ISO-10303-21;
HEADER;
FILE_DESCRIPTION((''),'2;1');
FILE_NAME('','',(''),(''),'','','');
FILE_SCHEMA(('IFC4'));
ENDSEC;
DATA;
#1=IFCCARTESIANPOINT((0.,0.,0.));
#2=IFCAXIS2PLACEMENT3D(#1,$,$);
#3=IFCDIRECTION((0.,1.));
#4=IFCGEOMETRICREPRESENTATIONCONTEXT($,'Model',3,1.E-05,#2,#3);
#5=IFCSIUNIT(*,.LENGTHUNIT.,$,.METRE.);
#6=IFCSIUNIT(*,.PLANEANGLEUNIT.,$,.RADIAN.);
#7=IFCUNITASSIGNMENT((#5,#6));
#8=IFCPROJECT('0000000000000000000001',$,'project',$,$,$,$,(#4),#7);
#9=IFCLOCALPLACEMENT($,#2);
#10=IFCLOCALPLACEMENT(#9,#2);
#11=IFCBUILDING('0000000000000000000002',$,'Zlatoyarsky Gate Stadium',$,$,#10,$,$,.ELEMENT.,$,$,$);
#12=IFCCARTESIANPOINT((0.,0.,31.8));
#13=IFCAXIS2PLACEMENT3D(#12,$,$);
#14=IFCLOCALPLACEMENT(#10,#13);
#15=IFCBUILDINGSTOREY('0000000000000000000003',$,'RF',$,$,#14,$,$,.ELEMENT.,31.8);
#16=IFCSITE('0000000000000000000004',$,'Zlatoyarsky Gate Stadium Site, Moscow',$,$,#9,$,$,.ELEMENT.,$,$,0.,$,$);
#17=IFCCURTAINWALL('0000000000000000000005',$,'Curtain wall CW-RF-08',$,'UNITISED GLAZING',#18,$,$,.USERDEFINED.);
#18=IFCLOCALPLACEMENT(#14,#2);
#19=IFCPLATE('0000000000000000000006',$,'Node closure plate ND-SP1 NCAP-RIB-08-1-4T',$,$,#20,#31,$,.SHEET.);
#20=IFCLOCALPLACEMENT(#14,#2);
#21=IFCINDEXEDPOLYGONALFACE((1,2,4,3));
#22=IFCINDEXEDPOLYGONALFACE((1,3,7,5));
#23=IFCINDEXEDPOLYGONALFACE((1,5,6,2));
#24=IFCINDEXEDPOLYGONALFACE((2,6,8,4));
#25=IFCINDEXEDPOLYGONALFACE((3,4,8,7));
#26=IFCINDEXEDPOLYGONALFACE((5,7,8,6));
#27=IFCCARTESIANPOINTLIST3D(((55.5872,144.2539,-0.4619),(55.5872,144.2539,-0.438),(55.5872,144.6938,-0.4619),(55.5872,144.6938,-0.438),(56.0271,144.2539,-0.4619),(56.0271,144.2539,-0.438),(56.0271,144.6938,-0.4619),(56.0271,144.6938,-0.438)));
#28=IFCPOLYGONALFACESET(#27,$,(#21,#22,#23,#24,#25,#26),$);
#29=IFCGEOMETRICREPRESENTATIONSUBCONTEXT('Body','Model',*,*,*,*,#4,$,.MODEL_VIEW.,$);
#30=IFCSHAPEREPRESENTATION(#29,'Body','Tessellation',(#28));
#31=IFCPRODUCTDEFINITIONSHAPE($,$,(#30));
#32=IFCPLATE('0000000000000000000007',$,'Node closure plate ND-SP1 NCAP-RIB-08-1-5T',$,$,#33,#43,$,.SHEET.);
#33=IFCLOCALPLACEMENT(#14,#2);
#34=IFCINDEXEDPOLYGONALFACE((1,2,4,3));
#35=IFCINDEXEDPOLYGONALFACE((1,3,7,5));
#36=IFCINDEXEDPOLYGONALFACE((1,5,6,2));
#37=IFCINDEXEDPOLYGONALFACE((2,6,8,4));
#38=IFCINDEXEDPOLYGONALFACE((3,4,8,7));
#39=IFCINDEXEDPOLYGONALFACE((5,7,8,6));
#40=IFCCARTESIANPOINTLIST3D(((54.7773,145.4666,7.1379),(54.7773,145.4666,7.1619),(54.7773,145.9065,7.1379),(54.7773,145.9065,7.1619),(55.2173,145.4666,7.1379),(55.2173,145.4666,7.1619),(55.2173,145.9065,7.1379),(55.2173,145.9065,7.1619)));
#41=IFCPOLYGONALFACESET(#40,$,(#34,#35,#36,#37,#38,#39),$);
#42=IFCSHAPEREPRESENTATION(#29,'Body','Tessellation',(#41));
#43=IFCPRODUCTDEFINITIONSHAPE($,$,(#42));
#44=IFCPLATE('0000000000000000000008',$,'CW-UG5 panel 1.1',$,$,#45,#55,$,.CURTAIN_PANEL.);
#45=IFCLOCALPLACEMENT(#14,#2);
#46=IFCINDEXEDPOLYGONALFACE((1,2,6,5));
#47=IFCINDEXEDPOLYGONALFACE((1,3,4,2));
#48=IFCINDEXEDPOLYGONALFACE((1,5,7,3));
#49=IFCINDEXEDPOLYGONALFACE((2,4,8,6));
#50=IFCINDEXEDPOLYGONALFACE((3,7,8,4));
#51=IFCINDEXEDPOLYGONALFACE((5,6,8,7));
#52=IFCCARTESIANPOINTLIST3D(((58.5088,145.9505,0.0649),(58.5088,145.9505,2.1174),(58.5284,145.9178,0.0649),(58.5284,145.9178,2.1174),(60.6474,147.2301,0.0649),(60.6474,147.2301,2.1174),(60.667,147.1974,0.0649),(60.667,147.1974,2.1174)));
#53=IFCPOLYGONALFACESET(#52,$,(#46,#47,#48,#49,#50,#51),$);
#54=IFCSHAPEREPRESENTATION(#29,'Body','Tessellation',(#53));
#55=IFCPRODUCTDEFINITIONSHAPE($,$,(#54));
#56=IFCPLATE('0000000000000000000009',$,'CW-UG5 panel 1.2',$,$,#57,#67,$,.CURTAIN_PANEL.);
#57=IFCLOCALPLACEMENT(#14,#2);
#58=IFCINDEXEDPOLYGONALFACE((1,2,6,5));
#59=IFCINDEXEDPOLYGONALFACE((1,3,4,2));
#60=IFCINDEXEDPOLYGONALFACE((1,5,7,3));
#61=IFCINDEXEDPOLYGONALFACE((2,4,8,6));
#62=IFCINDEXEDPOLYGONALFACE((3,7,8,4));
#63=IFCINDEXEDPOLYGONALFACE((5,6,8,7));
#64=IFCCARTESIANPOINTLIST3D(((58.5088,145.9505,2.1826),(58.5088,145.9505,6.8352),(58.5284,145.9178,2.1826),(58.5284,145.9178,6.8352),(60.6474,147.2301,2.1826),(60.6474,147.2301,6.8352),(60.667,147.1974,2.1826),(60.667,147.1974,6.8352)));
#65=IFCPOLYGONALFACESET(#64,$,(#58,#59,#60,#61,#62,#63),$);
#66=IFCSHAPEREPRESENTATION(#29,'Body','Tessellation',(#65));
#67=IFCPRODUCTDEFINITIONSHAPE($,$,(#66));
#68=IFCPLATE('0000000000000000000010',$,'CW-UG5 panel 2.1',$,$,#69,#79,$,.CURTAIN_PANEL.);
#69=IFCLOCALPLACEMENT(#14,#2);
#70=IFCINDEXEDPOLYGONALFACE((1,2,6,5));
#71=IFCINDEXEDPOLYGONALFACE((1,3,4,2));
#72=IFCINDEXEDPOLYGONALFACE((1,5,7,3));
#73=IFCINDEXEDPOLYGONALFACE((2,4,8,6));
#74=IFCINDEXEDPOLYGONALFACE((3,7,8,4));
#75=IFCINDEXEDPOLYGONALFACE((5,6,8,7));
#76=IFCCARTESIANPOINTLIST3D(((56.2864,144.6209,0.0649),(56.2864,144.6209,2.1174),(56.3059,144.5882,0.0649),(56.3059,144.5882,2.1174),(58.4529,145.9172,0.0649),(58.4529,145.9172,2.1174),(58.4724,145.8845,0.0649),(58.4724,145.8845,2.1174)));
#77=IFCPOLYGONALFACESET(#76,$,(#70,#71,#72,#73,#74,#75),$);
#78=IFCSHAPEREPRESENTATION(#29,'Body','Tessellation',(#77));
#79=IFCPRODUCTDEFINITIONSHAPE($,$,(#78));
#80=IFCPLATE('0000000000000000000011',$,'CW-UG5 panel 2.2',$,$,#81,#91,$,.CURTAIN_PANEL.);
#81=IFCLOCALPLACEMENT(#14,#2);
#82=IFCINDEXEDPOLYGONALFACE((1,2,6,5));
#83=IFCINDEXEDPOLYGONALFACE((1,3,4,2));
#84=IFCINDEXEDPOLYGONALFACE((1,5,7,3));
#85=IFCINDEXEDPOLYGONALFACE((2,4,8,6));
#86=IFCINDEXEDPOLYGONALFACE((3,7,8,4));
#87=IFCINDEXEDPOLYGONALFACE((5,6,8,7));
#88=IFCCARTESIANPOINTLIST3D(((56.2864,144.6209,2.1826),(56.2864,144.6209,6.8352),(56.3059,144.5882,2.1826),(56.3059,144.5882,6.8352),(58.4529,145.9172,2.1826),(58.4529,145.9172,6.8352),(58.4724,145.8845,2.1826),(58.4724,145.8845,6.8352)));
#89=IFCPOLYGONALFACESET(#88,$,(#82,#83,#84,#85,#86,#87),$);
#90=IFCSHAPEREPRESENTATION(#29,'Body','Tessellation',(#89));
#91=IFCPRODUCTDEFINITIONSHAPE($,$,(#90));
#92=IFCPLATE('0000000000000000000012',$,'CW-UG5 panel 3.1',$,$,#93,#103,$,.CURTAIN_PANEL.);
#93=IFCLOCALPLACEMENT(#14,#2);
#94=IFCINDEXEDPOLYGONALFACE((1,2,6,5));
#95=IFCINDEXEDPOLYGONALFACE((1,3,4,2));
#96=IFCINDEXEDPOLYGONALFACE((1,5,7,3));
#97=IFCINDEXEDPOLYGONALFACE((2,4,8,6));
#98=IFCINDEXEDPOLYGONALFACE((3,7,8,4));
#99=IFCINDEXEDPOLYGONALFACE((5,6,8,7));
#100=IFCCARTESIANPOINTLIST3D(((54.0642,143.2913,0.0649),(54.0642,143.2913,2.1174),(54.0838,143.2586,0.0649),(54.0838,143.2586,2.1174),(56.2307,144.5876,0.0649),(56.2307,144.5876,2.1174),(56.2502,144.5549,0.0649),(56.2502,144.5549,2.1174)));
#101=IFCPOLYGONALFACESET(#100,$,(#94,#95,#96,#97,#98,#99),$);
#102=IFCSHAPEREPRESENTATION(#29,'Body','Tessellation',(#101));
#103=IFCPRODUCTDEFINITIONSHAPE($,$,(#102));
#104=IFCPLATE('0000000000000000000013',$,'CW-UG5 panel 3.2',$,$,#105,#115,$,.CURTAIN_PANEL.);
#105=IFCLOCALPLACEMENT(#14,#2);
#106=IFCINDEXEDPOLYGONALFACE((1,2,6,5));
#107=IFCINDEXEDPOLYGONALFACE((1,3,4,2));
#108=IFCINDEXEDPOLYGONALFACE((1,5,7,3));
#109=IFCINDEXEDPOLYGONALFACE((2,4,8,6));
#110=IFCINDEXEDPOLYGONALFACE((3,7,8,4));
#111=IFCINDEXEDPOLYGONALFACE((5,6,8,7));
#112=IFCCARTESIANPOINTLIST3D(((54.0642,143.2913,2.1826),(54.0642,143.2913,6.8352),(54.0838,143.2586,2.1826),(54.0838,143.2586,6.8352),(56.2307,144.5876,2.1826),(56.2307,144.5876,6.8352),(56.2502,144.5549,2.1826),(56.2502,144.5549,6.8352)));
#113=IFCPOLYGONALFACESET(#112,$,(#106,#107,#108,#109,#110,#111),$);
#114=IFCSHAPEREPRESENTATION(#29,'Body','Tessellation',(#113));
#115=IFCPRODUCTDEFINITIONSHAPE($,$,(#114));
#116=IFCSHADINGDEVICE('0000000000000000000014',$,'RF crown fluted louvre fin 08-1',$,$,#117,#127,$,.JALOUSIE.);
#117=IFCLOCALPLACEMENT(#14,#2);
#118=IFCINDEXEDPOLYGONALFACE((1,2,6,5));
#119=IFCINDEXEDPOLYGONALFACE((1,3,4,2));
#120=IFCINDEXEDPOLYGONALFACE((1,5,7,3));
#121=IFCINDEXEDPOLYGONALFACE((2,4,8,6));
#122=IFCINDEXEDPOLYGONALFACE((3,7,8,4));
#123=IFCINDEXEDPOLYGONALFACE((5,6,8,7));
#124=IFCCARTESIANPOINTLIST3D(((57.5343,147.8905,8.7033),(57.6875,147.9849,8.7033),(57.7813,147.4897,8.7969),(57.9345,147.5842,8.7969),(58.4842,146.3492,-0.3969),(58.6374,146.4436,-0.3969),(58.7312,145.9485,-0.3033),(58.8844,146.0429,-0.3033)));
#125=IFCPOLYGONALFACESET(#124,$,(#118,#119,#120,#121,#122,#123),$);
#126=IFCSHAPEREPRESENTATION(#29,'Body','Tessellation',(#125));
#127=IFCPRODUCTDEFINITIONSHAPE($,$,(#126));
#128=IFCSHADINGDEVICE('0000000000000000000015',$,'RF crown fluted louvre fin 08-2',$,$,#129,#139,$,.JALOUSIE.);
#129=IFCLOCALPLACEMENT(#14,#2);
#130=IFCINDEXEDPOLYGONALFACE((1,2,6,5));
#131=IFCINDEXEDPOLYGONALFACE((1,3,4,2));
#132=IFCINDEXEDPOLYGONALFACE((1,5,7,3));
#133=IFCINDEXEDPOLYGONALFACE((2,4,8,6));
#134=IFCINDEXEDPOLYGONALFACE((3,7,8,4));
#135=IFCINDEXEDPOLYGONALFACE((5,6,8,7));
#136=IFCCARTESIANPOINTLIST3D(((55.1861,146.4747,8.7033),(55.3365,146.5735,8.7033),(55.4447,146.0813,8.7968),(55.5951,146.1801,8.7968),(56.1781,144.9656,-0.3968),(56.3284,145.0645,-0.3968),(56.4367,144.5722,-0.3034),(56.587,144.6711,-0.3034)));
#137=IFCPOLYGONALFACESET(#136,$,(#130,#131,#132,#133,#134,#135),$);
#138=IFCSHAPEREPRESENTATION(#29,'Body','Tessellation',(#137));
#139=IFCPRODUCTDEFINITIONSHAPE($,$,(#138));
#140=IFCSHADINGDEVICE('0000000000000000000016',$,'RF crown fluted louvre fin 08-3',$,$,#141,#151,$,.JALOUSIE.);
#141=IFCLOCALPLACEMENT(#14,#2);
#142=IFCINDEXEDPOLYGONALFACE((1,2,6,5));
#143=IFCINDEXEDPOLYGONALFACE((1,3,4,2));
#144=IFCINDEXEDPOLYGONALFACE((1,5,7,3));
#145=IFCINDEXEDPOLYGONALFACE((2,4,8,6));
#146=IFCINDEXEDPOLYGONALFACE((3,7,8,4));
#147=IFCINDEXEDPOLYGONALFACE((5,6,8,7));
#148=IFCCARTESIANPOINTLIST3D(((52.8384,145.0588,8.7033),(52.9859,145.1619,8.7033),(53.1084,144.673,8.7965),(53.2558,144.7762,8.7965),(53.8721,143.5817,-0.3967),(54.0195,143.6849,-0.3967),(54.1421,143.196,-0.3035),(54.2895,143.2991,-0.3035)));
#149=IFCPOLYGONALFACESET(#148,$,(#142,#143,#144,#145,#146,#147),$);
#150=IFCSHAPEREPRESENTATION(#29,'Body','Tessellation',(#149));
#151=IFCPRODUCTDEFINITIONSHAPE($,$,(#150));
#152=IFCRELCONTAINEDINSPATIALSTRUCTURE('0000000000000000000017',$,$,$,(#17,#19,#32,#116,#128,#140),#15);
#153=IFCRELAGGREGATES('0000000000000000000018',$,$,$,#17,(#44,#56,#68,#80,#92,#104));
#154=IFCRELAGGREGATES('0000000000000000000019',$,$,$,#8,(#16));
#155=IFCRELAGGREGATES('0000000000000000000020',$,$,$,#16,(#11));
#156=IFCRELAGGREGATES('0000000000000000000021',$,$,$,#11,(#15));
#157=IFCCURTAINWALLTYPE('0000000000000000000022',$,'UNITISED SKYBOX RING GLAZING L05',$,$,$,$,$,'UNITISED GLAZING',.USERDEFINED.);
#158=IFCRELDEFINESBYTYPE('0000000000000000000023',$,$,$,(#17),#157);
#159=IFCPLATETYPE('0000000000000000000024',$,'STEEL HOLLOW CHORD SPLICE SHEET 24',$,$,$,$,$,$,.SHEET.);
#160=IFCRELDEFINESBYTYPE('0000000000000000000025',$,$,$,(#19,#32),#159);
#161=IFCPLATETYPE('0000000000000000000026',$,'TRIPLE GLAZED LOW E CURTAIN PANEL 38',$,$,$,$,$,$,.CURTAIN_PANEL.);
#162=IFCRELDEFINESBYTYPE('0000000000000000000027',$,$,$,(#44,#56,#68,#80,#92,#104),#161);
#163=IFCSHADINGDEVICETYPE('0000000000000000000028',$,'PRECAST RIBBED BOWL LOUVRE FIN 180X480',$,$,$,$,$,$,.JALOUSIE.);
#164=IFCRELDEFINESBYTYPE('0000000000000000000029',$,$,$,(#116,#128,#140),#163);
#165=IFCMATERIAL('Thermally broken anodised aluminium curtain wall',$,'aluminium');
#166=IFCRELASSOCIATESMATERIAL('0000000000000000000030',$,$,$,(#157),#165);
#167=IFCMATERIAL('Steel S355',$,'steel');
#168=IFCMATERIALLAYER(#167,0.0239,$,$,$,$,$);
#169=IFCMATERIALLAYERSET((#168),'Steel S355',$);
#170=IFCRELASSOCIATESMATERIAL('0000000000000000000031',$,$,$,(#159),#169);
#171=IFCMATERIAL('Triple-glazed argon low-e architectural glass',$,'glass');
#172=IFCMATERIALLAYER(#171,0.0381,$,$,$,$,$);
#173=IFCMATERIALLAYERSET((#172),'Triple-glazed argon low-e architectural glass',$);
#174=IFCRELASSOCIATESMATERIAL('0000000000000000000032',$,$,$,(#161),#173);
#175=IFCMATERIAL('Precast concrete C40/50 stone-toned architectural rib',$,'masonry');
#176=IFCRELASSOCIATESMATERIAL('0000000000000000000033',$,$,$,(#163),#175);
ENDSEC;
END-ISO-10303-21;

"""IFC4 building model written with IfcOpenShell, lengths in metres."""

from ifc_helpers import new_model, si_unit, direction, frame, origin, origin_2d, place, context, subcontext, project, spatial, rectangle, extrude, material, layer, layer_set, material_profile, profile_set, type_object, element, aggregate, save


model = new_model("IFC4")

# Units and contexts
model_context = context("Model", 3, precision=1e-05, world=origin(), true_north=direction((0.0, 1.0)))
body_context = subcontext(model_context, "Body", "Model", "MODEL_VIEW")
ifc_project = project(units=[si_unit("LENGTHUNIT", "METRE"), si_unit("PLANEANGLEUNIT", "RADIAN")], contexts=[model_context])

# Site, building, storey
site_placement = place(None, origin())
site = spatial("IfcSite", under=ifc_project, at=site_placement, Name="Zlatoyarsky Gate Stadium Site, Moscow", CompositionType="ELEMENT", RefElevation=0.0)
building_placement = place(site_placement, origin())
building = spatial("IfcBuilding", under=site, at=building_placement, Name="Zlatoyarsky Gate Stadium", CompositionType="ELEMENT")
storey_placement = place(building_placement, frame((0.0, 0.0, 31.8)))
storey = spatial("IfcBuildingStorey", under=building, at=storey_placement, Name="RF", CompositionType="ELEMENT", Elevation=31.8)

# Curtain wall
ifc_material_1 = material(Name="Thermally broken anodised aluminium curtain wall", Category="aluminium")
curtain_wall_type = type_object("IfcCurtainWallType", Name="UNITISED SKYBOX RING GLAZING L05", ElementType="UNITISED GLAZING", PredefinedType="USERDEFINED", material=ifc_material_1)
curtain_wall_placement = place(storey_placement, origin())
curtain_wall = element("IfcCurtainWall", 1, at=curtain_wall_placement, inside=storey, type_object=curtain_wall_type, Name="Curtain wall CW-RF-08", ObjectType="UNITISED GLAZING", PredefinedType="USERDEFINED")

# Shared definitions
ifc_material_2 = material(Name="Steel S355", Category="steel")

# Plates
ifc_layer_1 = layer(ifc_material_2, 0.0239)
ifc_layer_set_1 = layer_set([ifc_layer_1], Name="Steel S355")
plate_type_1 = type_object("IfcPlateType", Name="STEEL HOLLOW CHORD SPLICE SHEET 24", PredefinedType="SHEET", material=ifc_layer_set_1)
for number, where, z_axis, x_axis, name in (
    (2, (55.8071, 144.4739, -0.4619), (0.0, 0.0, 1.0), (1.0, 0.0, 0.0), "Node closure plate ND-SP1 NCAP-RIB-08-1-4T"),
    (3, (54.9973, 145.6865, 7.1379), (0.0, 0.0, 1.0), (1.0, 0.0, 0.0), "Node closure plate ND-SP1 NCAP-RIB-08-1-5T"),
):
    element("IfcPlate", number, at=place(storey_placement, frame(where, z_axis=z_axis, x_axis=x_axis)), inside=storey, type_object=plate_type_1, Name=name, PredefinedType="SHEET", context=body_context, shape_type="SweptSolid", body=[
        extrude(rectangle(XDim=0.4399, YDim=0.4399, at=origin_2d()), origin(), (0.0, 0.0, 1.0), 0.0239),
    ])

# Plates
ifc_material_3 = material(Name="Triple-glazed argon low-e architectural glass", Category="glass")
ifc_layer_2 = layer(ifc_material_3, 0.0381)
ifc_layer_set_2 = layer_set([ifc_layer_2], Name="Triple-glazed argon low-e architectural glass")
plate_type_2 = type_object("IfcPlateType", Name="TRIPLE GLAZED LOW E CURTAIN PANEL 38", PredefinedType="CURTAIN_PANEL", material=ifc_layer_set_2)
plate_1_placement = place(storey_placement, frame((59.5879, 146.574, 0.0649), z_axis=(0.0, 0.0, 1.0), x_axis=(-0.858128, -0.513436, 0.0)))
plate_1 = element("IfcPlate", 4, at=plate_1_placement, type_object=plate_type_2, Name="CW-UG5 panel 1.1", PredefinedType="CURTAIN_PANEL", context=body_context, shape_type="SweptSolid", body=[
    extrude(rectangle(XDim=2.4922, YDim=0.0381, at=origin_2d()), origin(), (0.0, 0.0, 1.0), 2.0525),
])
plate_2_placement = place(storey_placement, frame((59.5879, 146.574, 2.1826), z_axis=(0.0, 0.0, 1.0), x_axis=(-0.858128, -0.513436, 0.0)))
plate_2 = element("IfcPlate", 5, at=plate_2_placement, type_object=plate_type_2, Name="CW-UG5 panel 1.2", PredefinedType="CURTAIN_PANEL", context=body_context, shape_type="SweptSolid", body=[
    extrude(rectangle(XDim=2.4922, YDim=0.0381, at=origin_2d()), origin(), (0.0, 0.0, 1.0), 4.6526),
])
plate_3_placement = place(storey_placement, frame((57.3794, 145.2527, 0.0649), z_axis=(0.0, 0.0, 1.0), x_axis=(-0.858128, -0.513436, 0.0)))
plate_3 = element("IfcPlate", 6, at=plate_3_placement, type_object=plate_type_2, Name="CW-UG5 panel 2.1", PredefinedType="CURTAIN_PANEL", context=body_context, shape_type="SweptSolid", body=[
    extrude(rectangle(XDim=2.5247, YDim=0.0381, at=origin_2d()), origin(), (0.0, 0.0, 1.0), 2.0525),
])
plate_4_placement = place(storey_placement, frame((57.3794, 145.2527, 2.1826), z_axis=(0.0, 0.0, 1.0), x_axis=(-0.858128, -0.513436, 0.0)))
plate_4 = element("IfcPlate", 7, at=plate_4_placement, type_object=plate_type_2, Name="CW-UG5 panel 2.2", PredefinedType="CURTAIN_PANEL", context=body_context, shape_type="SweptSolid", body=[
    extrude(rectangle(XDim=2.5247, YDim=0.0381, at=origin_2d()), origin(), (0.0, 0.0, 1.0), 4.6526),
])
plate_5_placement = place(storey_placement, frame((55.1572, 143.9231, 0.0649), z_axis=(0.0, 0.0, 1.0), x_axis=(-0.858128, -0.513436, 0.0)))
plate_5 = element("IfcPlate", 8, at=plate_5_placement, type_object=plate_type_2, Name="CW-UG5 panel 3.1", PredefinedType="CURTAIN_PANEL", context=body_context, shape_type="SweptSolid", body=[
    extrude(rectangle(XDim=2.5247, YDim=0.0381, at=origin_2d()), origin(), (0.0, 0.0, 1.0), 2.0525),
])
plate_6_placement = place(storey_placement, frame((55.1572, 143.9231, 2.1826), z_axis=(0.0, 0.0, 1.0), x_axis=(-0.858128, -0.513436, 0.0)))
plate_6 = element("IfcPlate", 9, at=plate_6_placement, type_object=plate_type_2, Name="CW-UG5 panel 3.2", PredefinedType="CURTAIN_PANEL", context=body_context, shape_type="SweptSolid", body=[
    extrude(rectangle(XDim=2.5247, YDim=0.0381, at=origin_2d()), origin(), (0.0, 0.0, 1.0), 4.6526),
])
aggregate(curtain_wall, [plate_1, plate_2, plate_3, plate_4, plate_5, plate_6])

# Shading devices
ifc_material_4 = material(Name="Precast concrete C40/50 stone-toned architectural rib", Category="masonry")
ifc_material_profile_1 = material_profile(ifc_material_4, rectangle(XDim=0.1799, YDim=0.48, at=origin_2d()), Name="RIB 180X480")
ifc_profile_set_1 = profile_set([ifc_material_profile_1], Name="Precast concrete C40/50 stone-toned architectural rib")
shading_device_type = type_object("IfcShadingDeviceType", Name="PRECAST RIBBED BOWL LOUVRE FIN 180X480", PredefinedType="JALOUSIE", material=ifc_profile_set_1)
shading_device_1_placement = place(storey_placement, frame((58.6843, 146.196, -0.3501), z_axis=(-0.102383, 0.166112, 0.980778), x_axis=(-0.851292, -0.524692, 0.0)))
element("IfcShadingDevice", 10, at=shading_device_1_placement, inside=storey, type_object=shading_device_type, Name="RF crown fluted louvre fin 08-1", PredefinedType="JALOUSIE", context=body_context, shape_type="SweptSolid", body=[
    extrude(rectangle(XDim=0.1799, YDim=0.48, at=origin_2d()), origin(), (0.0, 0.0, 1.0), 9.2786),
])
shading_device_2_placement = place(storey_placement, frame((56.3826, 144.8184, -0.3501), z_axis=(-0.106919, 0.162654, 0.980873), x_axis=(-0.835631, -0.549291, 0.0)))
element("IfcShadingDevice", 11, at=shading_device_2_placement, inside=storey, type_object=shading_device_type, Name="RF crown fluted louvre fin 08-2", PredefinedType="JALOUSIE", context=body_context, shape_type="SweptSolid", body=[
    extrude(rectangle(XDim=0.1799, YDim=0.48, at=origin_2d()), origin(), (0.0, 0.0, 1.0), 9.2776),
])
shading_device_3_placement = place(storey_placement, frame((54.0808, 143.4404, -0.3501), z_axis=(-0.111426, 0.159217, 0.980935), x_axis=(-0.819296, -0.573371, 0.0)))
element("IfcShadingDevice", 12, at=shading_device_3_placement, inside=storey, type_object=shading_device_type, Name="RF crown fluted louvre fin 08-3", PredefinedType="JALOUSIE", context=body_context, shape_type="SweptSolid", body=[
    extrude(rectangle(XDim=0.1799, YDim=0.48, at=origin_2d()), origin(), (0.0, 0.0, 1.0), 9.2769),
])

save(model, "model.ifc")
